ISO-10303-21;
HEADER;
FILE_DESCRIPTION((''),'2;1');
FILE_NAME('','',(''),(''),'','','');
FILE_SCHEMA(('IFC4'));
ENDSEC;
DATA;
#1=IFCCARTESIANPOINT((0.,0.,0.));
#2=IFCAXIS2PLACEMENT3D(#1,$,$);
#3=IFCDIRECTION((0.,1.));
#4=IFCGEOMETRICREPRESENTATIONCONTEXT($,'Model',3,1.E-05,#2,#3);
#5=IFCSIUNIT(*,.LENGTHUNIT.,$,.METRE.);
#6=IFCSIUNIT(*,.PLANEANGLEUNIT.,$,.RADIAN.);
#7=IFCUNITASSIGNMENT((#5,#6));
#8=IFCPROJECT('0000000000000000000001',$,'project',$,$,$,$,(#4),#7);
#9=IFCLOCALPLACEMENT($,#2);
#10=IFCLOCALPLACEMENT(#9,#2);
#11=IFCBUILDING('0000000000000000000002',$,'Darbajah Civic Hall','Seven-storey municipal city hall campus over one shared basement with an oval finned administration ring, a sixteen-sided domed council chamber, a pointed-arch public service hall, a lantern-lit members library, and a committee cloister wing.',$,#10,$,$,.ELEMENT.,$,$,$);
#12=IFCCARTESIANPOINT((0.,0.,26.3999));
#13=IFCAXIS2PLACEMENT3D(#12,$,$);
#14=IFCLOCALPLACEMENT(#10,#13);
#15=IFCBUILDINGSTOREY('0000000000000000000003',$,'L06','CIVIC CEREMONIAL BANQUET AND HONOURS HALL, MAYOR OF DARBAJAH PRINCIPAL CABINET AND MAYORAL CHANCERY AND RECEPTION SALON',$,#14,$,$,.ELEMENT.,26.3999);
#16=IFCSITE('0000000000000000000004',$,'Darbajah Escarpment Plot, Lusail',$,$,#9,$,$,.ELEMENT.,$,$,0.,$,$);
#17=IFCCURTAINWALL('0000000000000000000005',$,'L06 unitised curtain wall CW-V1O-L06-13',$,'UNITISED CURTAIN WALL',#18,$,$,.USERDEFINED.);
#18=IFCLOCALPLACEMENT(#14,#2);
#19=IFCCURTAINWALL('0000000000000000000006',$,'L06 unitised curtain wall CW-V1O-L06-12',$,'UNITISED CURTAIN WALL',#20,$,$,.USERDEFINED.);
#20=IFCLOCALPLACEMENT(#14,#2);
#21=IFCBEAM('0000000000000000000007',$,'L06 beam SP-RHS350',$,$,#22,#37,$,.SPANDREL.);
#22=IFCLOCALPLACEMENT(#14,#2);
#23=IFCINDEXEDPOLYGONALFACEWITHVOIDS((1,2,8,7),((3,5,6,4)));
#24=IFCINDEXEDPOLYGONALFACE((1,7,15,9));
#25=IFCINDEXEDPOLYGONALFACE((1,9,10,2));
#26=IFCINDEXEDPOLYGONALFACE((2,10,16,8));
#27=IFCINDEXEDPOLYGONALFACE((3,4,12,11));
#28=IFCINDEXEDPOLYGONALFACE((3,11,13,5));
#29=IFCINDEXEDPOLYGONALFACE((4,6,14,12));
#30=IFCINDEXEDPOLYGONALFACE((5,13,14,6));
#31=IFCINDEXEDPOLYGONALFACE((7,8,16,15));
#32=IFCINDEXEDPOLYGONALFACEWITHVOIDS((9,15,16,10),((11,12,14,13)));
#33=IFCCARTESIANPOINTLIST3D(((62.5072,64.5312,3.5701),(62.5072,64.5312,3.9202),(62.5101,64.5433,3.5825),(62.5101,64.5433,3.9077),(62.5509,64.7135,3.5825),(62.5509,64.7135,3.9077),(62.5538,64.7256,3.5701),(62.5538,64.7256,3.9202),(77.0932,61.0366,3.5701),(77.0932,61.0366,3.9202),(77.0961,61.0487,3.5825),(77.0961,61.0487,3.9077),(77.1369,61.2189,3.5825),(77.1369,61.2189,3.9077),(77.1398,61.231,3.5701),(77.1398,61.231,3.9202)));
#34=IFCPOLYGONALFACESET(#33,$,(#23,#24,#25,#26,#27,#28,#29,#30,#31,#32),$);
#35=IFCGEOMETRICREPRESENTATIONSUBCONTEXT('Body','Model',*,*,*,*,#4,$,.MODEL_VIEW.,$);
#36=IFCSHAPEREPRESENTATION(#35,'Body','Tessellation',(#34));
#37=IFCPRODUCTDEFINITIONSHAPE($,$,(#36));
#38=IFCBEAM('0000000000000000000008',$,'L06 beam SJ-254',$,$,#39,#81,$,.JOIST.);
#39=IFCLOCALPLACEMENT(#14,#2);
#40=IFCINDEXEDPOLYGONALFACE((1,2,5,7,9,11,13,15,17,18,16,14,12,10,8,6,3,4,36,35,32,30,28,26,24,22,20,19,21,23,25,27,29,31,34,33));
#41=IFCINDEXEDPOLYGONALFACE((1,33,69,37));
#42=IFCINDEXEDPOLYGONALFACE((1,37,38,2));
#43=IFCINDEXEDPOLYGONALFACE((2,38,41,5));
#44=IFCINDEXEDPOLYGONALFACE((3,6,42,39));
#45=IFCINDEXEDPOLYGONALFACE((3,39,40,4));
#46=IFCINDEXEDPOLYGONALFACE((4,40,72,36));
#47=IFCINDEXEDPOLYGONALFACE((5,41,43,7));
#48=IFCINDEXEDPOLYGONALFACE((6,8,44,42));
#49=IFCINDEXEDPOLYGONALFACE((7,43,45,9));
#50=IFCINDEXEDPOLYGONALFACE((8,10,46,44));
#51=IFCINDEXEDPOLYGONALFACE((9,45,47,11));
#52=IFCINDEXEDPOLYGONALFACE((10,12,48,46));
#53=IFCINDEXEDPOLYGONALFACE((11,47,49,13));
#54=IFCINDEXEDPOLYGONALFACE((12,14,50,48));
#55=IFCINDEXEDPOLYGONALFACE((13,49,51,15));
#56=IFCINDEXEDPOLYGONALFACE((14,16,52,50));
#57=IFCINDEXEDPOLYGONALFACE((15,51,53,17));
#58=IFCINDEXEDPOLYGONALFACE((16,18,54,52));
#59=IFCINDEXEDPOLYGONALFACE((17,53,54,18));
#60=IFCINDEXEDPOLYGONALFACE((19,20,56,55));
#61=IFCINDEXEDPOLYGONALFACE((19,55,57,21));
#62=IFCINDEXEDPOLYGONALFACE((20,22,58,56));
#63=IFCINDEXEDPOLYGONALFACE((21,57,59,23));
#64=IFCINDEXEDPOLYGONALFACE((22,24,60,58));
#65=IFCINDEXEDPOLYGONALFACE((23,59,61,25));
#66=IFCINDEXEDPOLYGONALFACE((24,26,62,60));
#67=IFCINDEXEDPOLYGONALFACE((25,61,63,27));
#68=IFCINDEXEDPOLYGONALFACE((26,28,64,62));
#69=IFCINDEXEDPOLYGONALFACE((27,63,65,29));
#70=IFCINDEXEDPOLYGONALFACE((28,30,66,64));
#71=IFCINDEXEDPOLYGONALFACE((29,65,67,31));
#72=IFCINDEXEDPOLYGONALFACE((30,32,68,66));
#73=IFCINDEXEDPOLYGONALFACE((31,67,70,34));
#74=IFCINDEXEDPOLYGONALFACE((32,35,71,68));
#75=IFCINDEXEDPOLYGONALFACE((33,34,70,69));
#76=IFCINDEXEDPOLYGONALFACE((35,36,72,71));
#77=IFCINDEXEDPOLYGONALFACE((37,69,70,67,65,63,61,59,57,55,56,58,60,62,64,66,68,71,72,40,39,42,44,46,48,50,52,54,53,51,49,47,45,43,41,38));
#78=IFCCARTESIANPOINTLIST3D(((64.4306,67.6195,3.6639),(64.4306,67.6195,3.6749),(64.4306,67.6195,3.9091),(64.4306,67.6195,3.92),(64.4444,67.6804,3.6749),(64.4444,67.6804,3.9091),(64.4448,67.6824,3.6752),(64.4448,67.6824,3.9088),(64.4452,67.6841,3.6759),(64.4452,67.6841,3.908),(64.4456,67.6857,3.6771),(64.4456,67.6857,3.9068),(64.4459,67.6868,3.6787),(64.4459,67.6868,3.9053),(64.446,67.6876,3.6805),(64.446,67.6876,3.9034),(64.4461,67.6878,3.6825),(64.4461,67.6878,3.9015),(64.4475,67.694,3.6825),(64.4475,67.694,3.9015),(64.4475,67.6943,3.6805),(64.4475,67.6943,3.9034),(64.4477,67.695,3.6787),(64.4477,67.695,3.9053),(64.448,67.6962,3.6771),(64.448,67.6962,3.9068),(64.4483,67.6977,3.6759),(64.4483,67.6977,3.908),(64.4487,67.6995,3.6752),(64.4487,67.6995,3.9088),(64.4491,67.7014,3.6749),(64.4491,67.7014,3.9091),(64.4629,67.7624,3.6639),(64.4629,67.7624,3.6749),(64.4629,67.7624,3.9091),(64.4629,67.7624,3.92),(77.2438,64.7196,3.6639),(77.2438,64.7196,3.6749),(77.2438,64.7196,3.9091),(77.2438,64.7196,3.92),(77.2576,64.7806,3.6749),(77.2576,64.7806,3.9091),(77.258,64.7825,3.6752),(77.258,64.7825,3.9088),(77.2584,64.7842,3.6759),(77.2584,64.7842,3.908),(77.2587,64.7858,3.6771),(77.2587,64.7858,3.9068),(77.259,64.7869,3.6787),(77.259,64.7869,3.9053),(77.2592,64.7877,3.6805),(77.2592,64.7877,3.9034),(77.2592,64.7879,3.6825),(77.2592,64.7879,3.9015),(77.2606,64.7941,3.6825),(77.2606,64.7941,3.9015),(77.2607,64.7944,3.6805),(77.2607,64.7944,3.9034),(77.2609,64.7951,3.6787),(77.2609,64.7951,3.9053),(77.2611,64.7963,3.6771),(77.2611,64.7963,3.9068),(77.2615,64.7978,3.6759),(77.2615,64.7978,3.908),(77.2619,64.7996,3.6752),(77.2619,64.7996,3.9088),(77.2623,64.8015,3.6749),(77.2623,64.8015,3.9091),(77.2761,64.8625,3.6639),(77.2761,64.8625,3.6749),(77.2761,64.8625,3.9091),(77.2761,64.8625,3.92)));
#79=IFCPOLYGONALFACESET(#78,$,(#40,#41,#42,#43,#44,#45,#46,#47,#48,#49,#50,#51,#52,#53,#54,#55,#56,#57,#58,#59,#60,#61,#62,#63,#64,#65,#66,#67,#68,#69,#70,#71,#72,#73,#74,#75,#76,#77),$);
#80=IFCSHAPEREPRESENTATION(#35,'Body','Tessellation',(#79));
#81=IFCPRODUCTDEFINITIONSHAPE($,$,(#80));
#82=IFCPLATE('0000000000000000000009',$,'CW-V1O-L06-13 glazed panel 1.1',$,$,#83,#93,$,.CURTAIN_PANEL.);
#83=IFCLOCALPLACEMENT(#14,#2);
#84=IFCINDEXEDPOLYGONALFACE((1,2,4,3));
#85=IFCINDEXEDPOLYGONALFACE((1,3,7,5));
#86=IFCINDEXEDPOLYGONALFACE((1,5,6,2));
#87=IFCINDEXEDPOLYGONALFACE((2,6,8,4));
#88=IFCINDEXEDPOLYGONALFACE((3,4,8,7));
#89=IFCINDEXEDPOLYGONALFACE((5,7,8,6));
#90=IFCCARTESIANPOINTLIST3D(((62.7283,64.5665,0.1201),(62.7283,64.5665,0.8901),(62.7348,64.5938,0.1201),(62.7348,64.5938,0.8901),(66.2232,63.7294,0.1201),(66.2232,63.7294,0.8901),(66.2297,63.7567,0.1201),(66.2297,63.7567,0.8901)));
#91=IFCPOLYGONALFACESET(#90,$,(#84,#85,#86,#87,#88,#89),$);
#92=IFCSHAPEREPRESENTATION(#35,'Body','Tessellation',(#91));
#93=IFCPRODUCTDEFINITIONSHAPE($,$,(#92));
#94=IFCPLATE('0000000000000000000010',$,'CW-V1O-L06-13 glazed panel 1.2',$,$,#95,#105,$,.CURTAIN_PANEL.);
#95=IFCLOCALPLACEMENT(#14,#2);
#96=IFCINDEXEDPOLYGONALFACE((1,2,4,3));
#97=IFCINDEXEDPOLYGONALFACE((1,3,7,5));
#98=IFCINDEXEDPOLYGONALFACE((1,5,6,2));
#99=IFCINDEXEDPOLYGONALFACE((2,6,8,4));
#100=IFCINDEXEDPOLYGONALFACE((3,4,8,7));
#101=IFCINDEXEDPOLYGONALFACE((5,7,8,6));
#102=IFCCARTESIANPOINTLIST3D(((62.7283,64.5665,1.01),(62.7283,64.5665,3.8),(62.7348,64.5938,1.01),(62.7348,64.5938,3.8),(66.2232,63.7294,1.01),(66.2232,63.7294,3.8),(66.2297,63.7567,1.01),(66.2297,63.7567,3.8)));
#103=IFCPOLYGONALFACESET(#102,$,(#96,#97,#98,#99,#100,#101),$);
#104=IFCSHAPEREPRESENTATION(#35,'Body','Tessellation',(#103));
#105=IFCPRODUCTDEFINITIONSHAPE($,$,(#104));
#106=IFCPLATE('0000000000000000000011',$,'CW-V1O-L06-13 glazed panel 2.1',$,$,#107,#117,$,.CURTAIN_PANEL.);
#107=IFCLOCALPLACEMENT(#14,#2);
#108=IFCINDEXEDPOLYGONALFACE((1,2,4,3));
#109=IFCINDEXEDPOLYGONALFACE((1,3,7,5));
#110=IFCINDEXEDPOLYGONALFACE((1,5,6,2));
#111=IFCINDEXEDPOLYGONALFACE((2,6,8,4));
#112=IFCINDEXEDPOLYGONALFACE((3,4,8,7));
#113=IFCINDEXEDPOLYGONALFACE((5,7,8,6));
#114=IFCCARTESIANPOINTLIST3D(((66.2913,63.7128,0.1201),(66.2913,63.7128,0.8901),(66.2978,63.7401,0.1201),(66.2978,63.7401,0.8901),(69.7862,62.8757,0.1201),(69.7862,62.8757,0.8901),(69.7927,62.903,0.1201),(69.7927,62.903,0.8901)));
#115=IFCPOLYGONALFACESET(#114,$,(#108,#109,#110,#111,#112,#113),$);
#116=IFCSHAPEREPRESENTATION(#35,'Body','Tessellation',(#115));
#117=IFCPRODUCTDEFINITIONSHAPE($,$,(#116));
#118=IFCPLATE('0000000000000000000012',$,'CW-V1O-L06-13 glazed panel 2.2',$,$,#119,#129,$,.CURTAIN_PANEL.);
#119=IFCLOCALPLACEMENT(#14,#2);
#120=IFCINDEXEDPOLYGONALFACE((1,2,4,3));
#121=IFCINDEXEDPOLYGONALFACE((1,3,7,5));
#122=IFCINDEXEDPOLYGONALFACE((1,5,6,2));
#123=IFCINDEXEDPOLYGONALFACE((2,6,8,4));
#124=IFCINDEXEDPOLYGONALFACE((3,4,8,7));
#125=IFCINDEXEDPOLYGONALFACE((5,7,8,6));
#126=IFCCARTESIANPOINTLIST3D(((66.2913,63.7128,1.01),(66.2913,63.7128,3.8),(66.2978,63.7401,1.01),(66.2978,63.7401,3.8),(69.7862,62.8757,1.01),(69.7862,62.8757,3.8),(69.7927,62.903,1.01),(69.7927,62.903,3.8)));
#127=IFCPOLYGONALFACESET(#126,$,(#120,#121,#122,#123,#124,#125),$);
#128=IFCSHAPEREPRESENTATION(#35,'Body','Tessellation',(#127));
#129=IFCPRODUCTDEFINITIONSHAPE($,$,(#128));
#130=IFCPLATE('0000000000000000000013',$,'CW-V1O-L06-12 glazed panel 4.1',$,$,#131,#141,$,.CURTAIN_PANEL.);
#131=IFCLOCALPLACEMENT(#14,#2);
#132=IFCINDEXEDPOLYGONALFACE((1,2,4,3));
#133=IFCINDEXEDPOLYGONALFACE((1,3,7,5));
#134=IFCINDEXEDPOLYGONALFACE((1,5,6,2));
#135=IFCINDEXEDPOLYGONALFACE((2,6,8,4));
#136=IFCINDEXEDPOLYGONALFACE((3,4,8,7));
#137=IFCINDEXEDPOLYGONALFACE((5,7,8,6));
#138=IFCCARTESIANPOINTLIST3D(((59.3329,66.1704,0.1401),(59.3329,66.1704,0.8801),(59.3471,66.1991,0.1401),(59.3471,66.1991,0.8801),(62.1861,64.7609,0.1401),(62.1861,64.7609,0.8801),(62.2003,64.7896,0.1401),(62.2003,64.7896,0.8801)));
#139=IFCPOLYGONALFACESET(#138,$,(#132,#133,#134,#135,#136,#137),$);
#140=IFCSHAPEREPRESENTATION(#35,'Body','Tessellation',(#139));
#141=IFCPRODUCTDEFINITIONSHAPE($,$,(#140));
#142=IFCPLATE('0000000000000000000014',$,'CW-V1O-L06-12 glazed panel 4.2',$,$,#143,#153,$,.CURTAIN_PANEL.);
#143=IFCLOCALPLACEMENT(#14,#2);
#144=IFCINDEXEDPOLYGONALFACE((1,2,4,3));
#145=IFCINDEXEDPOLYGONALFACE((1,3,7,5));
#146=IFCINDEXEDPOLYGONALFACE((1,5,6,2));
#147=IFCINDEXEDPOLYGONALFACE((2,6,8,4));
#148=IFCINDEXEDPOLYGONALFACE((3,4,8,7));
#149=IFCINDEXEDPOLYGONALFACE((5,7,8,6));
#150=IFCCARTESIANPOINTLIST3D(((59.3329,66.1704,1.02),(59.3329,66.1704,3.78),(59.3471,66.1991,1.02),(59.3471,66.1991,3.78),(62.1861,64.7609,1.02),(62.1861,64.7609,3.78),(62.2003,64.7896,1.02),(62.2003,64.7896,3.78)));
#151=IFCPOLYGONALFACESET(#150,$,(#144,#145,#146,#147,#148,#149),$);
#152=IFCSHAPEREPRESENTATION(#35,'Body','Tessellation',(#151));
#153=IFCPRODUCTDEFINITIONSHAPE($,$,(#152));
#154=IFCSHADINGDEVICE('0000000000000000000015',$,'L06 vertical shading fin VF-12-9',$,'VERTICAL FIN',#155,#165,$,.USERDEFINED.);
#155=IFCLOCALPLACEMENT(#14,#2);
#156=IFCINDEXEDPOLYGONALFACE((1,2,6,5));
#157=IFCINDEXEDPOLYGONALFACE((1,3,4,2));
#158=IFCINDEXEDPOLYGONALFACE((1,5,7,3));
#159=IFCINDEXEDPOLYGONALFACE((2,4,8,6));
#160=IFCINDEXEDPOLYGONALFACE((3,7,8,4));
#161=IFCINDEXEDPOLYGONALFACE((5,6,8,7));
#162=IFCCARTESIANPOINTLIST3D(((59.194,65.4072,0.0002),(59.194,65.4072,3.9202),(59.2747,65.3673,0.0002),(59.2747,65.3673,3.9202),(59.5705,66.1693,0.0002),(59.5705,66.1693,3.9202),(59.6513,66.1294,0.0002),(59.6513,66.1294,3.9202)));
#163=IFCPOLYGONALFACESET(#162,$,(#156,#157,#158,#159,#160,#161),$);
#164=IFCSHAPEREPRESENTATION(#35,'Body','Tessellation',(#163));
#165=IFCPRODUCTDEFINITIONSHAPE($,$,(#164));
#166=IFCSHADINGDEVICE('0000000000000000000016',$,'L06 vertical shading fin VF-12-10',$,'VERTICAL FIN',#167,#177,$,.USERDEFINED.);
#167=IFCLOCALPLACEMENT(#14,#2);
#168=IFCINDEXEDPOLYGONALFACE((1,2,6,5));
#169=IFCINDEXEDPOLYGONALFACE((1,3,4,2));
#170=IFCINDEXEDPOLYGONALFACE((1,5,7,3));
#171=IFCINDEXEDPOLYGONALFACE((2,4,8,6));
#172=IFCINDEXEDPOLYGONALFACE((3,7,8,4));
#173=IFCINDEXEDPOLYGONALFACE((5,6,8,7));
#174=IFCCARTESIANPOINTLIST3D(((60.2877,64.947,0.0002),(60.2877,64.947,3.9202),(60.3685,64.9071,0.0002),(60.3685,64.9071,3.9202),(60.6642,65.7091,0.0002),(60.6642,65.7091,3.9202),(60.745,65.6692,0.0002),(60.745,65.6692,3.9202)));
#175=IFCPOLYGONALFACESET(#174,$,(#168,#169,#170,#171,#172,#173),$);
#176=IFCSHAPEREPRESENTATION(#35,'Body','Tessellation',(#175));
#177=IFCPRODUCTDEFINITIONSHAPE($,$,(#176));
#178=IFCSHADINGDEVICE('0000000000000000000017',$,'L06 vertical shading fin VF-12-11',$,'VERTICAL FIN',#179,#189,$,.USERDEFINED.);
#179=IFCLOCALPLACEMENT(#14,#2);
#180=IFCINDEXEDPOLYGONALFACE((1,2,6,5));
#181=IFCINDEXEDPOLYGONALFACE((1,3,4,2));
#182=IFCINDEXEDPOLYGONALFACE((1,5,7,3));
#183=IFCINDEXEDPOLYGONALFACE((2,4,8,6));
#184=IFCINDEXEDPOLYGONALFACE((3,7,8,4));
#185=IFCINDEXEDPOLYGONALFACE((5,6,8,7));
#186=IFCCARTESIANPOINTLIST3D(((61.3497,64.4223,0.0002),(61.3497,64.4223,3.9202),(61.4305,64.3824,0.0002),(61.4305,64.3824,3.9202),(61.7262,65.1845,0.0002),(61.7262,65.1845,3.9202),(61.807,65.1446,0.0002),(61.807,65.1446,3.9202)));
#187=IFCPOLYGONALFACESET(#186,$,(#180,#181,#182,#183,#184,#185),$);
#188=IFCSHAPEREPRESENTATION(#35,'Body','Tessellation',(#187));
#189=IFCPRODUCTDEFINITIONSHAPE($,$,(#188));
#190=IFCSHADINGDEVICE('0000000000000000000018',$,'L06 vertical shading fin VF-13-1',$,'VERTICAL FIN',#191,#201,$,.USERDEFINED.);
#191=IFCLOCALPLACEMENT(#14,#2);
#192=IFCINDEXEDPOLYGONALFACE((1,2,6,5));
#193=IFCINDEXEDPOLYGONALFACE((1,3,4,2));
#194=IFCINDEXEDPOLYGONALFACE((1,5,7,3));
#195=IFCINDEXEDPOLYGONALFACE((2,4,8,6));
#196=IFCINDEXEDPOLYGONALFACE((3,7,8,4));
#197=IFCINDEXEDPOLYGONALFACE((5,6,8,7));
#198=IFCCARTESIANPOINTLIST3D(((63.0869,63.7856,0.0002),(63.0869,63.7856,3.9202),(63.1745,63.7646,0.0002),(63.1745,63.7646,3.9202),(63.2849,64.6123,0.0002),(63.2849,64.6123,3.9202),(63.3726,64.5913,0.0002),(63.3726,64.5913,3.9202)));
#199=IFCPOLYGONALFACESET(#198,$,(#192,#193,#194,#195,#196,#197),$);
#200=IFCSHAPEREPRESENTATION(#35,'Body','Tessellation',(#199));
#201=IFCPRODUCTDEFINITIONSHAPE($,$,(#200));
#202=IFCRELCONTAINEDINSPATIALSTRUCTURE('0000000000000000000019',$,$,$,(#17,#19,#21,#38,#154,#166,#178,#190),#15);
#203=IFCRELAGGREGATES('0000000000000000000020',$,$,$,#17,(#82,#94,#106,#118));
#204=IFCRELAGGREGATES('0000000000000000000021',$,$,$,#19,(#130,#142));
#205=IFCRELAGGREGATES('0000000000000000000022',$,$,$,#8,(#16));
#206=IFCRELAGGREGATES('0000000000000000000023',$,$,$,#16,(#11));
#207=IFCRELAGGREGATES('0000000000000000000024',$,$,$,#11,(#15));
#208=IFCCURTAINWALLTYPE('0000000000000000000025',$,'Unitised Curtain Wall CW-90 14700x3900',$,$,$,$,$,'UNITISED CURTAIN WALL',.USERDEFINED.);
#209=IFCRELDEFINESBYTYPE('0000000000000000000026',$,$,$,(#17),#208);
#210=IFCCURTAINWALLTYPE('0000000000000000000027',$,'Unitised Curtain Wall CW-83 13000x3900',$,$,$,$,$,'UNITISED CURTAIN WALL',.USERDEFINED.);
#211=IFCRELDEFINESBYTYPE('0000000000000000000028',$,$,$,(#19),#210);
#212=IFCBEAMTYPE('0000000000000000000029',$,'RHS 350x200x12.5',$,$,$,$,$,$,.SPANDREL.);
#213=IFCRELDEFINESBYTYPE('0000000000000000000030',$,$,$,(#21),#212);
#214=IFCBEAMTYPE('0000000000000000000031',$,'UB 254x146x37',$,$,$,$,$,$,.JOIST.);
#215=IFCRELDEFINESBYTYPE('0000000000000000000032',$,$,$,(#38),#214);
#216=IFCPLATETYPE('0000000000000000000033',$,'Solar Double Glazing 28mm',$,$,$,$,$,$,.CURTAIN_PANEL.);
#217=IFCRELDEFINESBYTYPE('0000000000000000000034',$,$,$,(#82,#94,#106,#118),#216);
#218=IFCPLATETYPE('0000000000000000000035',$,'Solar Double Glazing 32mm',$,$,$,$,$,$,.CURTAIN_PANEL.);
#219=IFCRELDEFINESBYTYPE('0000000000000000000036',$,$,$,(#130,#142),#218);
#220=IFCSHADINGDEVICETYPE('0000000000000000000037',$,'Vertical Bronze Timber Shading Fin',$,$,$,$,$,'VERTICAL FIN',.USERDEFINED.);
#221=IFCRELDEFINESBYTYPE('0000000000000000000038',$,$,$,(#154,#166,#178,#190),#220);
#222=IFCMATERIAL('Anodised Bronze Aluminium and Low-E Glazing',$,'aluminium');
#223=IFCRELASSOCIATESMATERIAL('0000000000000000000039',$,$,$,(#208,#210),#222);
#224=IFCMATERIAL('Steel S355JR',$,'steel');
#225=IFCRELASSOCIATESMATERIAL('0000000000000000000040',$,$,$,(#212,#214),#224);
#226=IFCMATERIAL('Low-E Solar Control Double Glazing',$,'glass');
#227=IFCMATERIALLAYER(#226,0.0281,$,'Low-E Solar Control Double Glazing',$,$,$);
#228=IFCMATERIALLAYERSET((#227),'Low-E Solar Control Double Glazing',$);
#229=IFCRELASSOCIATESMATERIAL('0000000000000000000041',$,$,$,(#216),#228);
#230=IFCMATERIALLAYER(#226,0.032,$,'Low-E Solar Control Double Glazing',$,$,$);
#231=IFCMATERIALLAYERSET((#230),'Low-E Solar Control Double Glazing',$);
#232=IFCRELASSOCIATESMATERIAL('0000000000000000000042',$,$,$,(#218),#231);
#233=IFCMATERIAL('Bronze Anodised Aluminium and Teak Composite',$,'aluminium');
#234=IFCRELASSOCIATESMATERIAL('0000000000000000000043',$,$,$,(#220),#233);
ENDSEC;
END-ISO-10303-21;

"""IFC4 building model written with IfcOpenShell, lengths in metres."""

from ifc_helpers import new_model, si_unit, direction, frame, origin, origin_2d, place, context, subcontext, project, spatial, rectangle, hollow_rectangle, i_section, extrude, material, layer, layer_set, material_profile, profile_set, type_object, element, aggregate, save


model = new_model("IFC4")

# Units and contexts
model_context = context("Model", 3, precision=1e-05, world=origin(), true_north=direction((0.0, 1.0)))
body_context = subcontext(model_context, "Body", "Model", "MODEL_VIEW")
ifc_project = project(units=[si_unit("LENGTHUNIT", "METRE"), si_unit("PLANEANGLEUNIT", "RADIAN")], contexts=[model_context])

# Site, building, storey
site_placement = place(None, origin())
site = spatial("IfcSite", under=ifc_project, at=site_placement, Name="Darbajah Escarpment Plot, Lusail", CompositionType="ELEMENT", RefElevation=0.0)
building_placement = place(site_placement, origin())
building = spatial("IfcBuilding", under=site, at=building_placement, Name="Darbajah Civic Hall", Description="Seven-storey municipal city hall campus over one shared basement with an oval finned administration ring, a sixteen-sided domed council chamber, a pointed-arch public service hall, a lantern-lit members library, and a committee cloister wing.", CompositionType="ELEMENT")
storey_placement = place(building_placement, frame((0.0, 0.0, 26.3999)))
storey = spatial("IfcBuildingStorey", under=building, at=storey_placement, Name="L06", Description="CIVIC CEREMONIAL BANQUET AND HONOURS HALL, MAYOR OF DARBAJAH PRINCIPAL CABINET AND MAYORAL CHANCERY AND RECEPTION SALON", CompositionType="ELEMENT", Elevation=26.3999)

# Curtain wall
ifc_material_1 = material(Name="Anodised Bronze Aluminium and Low-E Glazing", Category="aluminium")
curtain_wall_type_1 = type_object("IfcCurtainWallType", Name="Unitised Curtain Wall CW-90 14700x3900", ElementType="UNITISED CURTAIN WALL", PredefinedType="USERDEFINED", material=ifc_material_1)
curtain_wall_1_placement = place(storey_placement, origin())
curtain_wall_1 = element("IfcCurtainWall", 1, at=curtain_wall_1_placement, inside=storey, type_object=curtain_wall_type_1, Name="L06 unitised curtain wall CW-V1O-L06-13", ObjectType="UNITISED CURTAIN WALL", PredefinedType="USERDEFINED")

# Curtain wall
curtain_wall_type_2 = type_object("IfcCurtainWallType", Name="Unitised Curtain Wall CW-83 13000x3900", ElementType="UNITISED CURTAIN WALL", PredefinedType="USERDEFINED", material=ifc_material_1)
curtain_wall_2_placement = place(storey_placement, origin())
curtain_wall_2 = element("IfcCurtainWall", 2, at=curtain_wall_2_placement, inside=storey, type_object=curtain_wall_type_2, Name="L06 unitised curtain wall CW-V1O-L06-12", ObjectType="UNITISED CURTAIN WALL", PredefinedType="USERDEFINED")

# Beams
ifc_material_2 = material(Name="Steel S355JR", Category="steel")
ifc_material_profile_1 = material_profile(ifc_material_2, hollow_rectangle(XDim=0.2, YDim=0.3501, WallThickness=0.0125, at=origin_2d()), Name="RHS 350x200x12.5")
ifc_profile_set_1 = profile_set([ifc_material_profile_1], Name="Steel S355JR")
beam_type_1 = type_object("IfcBeamType", Name="RHS 350x200x12.5", PredefinedType="SPANDREL", material=ifc_profile_set_1)
beam_1_placement = place(storey_placement, frame((62.5305, 64.6284, 3.7451), z_axis=(0.972478, -0.232995, 0.0), x_axis=(0.232995, 0.972478, 0.0)))
element("IfcBeam", 3, at=beam_1_placement, inside=storey, type_object=beam_type_1, Name="L06 beam SP-RHS350", PredefinedType="SPANDREL", context=body_context, shape_type="SweptSolid", body=[
    extrude(hollow_rectangle(XDim=0.2, YDim=0.3501, WallThickness=0.0125, at=origin_2d()), origin(), (0.0, 0.0, 1.0), 14.9988),
])
ifc_material_profile_2 = material_profile(ifc_material_2, i_section(OverallWidth=0.1465, OverallDepth=0.2561, WebThickness=0.0063, FlangeThickness=0.011, FilletRadius=0.0076, at=origin_2d()), Name="UB 254x146x37")
ifc_profile_set_2 = profile_set([ifc_material_profile_2], Name="Steel S355JR")
beam_type_2 = type_object("IfcBeamType", Name="UB 254x146x37", PredefinedType="JOIST", material=ifc_profile_set_2)
beam_2_placement = place(storey_placement, frame((64.4468, 67.6909, 3.792), z_axis=(0.975333, -0.220738, 0.0), x_axis=(0.220738, 0.975333, 0.0)))
element("IfcBeam", 4, at=beam_2_placement, inside=storey, type_object=beam_type_2, Name="L06 beam SJ-254", PredefinedType="JOIST", context=body_context, shape_type="SweptSolid", body=[
    extrude(i_section(OverallWidth=0.1465, OverallDepth=0.2561, WebThickness=0.0063, FlangeThickness=0.011, FilletRadius=0.0076, at=origin_2d()), origin(), (0.0, 0.0, 1.0), 13.1372),
])

# Plates
ifc_material_3 = material(Name="Low-E Solar Control Double Glazing", Category="glass")
ifc_layer_1 = layer(ifc_material_3, 0.0281, Name="Low-E Solar Control Double Glazing")
ifc_layer_set_1 = layer_set([ifc_layer_1], Name="Low-E Solar Control Double Glazing")
plate_type_1 = type_object("IfcPlateType", Name="Solar Double Glazing 28mm", PredefinedType="CURTAIN_PANEL", material=ifc_layer_set_1)
plate_1_placement = place(storey_placement, frame((64.479, 64.1616, 0.1201), z_axis=(0.0, 0.0, 1.0), x_axis=(0.972492, -0.232936, 0.0)))
plate_1 = element("IfcPlate", 5, at=plate_1_placement, type_object=plate_type_1, Name="CW-V1O-L06-13 glazed panel 1.1", PredefinedType="CURTAIN_PANEL", context=body_context, shape_type="SweptSolid", body=[
    extrude(rectangle(XDim=3.5938, YDim=0.0281, at=origin_2d()), origin(), (0.0, 0.0, 1.0), 0.77),
])
plate_2_placement = place(storey_placement, frame((64.479, 64.1616, 1.01), z_axis=(0.0, 0.0, 1.0), x_axis=(0.972492, -0.232936, 0.0)))
plate_2 = element("IfcPlate", 6, at=plate_2_placement, type_object=plate_type_1, Name="CW-V1O-L06-13 glazed panel 1.2", PredefinedType="CURTAIN_PANEL", context=body_context, shape_type="SweptSolid", body=[
    extrude(rectangle(XDim=3.5938, YDim=0.0281, at=origin_2d()), origin(), (0.0, 0.0, 1.0), 2.79),
])
plate_3_placement = place(storey_placement, frame((68.042, 63.3079, 0.1201), z_axis=(0.0, 0.0, 1.0), x_axis=(0.972492, -0.232936, 0.0)))
plate_3 = element("IfcPlate", 7, at=plate_3_placement, type_object=plate_type_1, Name="CW-V1O-L06-13 glazed panel 2.1", PredefinedType="CURTAIN_PANEL", context=body_context, shape_type="SweptSolid", body=[
    extrude(rectangle(XDim=3.5938, YDim=0.0281, at=origin_2d()), origin(), (0.0, 0.0, 1.0), 0.77),
])
plate_4_placement = place(storey_placement, frame((68.042, 63.3079, 1.01), z_axis=(0.0, 0.0, 1.0), x_axis=(0.972492, -0.232936, 0.0)))
plate_4 = element("IfcPlate", 8, at=plate_4_placement, type_object=plate_type_1, Name="CW-V1O-L06-13 glazed panel 2.2", PredefinedType="CURTAIN_PANEL", context=body_context, shape_type="SweptSolid", body=[
    extrude(rectangle(XDim=3.5938, YDim=0.0281, at=origin_2d()), origin(), (0.0, 0.0, 1.0), 2.79),
])
aggregate(curtain_wall_1, [plate_1, plate_2, plate_3, plate_4])
ifc_layer_2 = layer(ifc_material_3, 0.032, Name="Low-E Solar Control Double Glazing")
ifc_layer_set_2 = layer_set([ifc_layer_2], Name="Low-E Solar Control Double Glazing")
plate_type_2 = type_object("IfcPlateType", Name="Solar Double Glazing 32mm", PredefinedType="CURTAIN_PANEL", material=ifc_layer_set_2)
plate_5_placement = place(storey_placement, frame((60.7666, 65.48, 0.1401), z_axis=(0.0, 0.0, 1.0), x_axis=(0.896564, -0.442915, 0.0)))
plate_5 = element("IfcPlate", 9, at=plate_5_placement, type_object=plate_type_2, Name="CW-V1O-L06-12 glazed panel 4.1", PredefinedType="CURTAIN_PANEL", context=body_context, shape_type="SweptSolid", body=[
    extrude(rectangle(XDim=3.1824, YDim=0.032, at=origin_2d()), origin(), (0.0, 0.0, 1.0), 0.74),
])
plate_6_placement = place(storey_placement, frame((60.7666, 65.48, 1.02), z_axis=(0.0, 0.0, 1.0), x_axis=(0.896564, -0.442915, 0.0)))
plate_6 = element("IfcPlate", 10, at=plate_6_placement, type_object=plate_type_2, Name="CW-V1O-L06-12 glazed panel 4.2", PredefinedType="CURTAIN_PANEL", context=body_context, shape_type="SweptSolid", body=[
    extrude(rectangle(XDim=3.1824, YDim=0.032, at=origin_2d()), origin(), (0.0, 0.0, 1.0), 2.76),
])
aggregate(curtain_wall_2, [plate_5, plate_6])

# Shading devices
ifc_material_4 = material(Name="Bronze Anodised Aluminium and Teak Composite", Category="aluminium")
shading_device_type = type_object("IfcShadingDeviceType", Name="Vertical Bronze Timber Shading Fin", ElementType="VERTICAL FIN", PredefinedType="USERDEFINED", material=ifc_material_4)
for number, where, z_axis, x_axis, name in (
    (11, (59.4226, 65.7683, 0.0002), (0.0, 0.0, 1.0), (-0.442915, -0.896564, 0.0), "L06 vertical shading fin VF-12-9"),
    (12, (60.5164, 65.3081, 0.0002), (0.0, 0.0, 1.0), (-0.442915, -0.896564, 0.0), "L06 vertical shading fin VF-12-10"),
    (13, (61.5784, 64.7834, 0.0002), (0.0, 0.0, 1.0), (-0.442915, -0.896564, 0.0), "L06 vertical shading fin VF-12-11"),
    (14, (63.2297, 64.1885, 0.0002), (0.0, 0.0, 1.0), (-0.232936, -0.972492, 0.0), "L06 vertical shading fin VF-13-1"),
):
    element("IfcShadingDevice", number, at=place(storey_placement, frame(where, z_axis=z_axis, x_axis=x_axis)), inside=storey, type_object=shading_device_type, Name=name, ObjectType="VERTICAL FIN", PredefinedType="USERDEFINED", context=body_context, shape_type="SweptSolid", body=[
        extrude(rectangle(XDim=0.8501, YDim=0.0901, at=origin_2d()), origin(), (0.0, 0.0, 1.0), 3.9199),
    ])

save(model, "model.ifc")
